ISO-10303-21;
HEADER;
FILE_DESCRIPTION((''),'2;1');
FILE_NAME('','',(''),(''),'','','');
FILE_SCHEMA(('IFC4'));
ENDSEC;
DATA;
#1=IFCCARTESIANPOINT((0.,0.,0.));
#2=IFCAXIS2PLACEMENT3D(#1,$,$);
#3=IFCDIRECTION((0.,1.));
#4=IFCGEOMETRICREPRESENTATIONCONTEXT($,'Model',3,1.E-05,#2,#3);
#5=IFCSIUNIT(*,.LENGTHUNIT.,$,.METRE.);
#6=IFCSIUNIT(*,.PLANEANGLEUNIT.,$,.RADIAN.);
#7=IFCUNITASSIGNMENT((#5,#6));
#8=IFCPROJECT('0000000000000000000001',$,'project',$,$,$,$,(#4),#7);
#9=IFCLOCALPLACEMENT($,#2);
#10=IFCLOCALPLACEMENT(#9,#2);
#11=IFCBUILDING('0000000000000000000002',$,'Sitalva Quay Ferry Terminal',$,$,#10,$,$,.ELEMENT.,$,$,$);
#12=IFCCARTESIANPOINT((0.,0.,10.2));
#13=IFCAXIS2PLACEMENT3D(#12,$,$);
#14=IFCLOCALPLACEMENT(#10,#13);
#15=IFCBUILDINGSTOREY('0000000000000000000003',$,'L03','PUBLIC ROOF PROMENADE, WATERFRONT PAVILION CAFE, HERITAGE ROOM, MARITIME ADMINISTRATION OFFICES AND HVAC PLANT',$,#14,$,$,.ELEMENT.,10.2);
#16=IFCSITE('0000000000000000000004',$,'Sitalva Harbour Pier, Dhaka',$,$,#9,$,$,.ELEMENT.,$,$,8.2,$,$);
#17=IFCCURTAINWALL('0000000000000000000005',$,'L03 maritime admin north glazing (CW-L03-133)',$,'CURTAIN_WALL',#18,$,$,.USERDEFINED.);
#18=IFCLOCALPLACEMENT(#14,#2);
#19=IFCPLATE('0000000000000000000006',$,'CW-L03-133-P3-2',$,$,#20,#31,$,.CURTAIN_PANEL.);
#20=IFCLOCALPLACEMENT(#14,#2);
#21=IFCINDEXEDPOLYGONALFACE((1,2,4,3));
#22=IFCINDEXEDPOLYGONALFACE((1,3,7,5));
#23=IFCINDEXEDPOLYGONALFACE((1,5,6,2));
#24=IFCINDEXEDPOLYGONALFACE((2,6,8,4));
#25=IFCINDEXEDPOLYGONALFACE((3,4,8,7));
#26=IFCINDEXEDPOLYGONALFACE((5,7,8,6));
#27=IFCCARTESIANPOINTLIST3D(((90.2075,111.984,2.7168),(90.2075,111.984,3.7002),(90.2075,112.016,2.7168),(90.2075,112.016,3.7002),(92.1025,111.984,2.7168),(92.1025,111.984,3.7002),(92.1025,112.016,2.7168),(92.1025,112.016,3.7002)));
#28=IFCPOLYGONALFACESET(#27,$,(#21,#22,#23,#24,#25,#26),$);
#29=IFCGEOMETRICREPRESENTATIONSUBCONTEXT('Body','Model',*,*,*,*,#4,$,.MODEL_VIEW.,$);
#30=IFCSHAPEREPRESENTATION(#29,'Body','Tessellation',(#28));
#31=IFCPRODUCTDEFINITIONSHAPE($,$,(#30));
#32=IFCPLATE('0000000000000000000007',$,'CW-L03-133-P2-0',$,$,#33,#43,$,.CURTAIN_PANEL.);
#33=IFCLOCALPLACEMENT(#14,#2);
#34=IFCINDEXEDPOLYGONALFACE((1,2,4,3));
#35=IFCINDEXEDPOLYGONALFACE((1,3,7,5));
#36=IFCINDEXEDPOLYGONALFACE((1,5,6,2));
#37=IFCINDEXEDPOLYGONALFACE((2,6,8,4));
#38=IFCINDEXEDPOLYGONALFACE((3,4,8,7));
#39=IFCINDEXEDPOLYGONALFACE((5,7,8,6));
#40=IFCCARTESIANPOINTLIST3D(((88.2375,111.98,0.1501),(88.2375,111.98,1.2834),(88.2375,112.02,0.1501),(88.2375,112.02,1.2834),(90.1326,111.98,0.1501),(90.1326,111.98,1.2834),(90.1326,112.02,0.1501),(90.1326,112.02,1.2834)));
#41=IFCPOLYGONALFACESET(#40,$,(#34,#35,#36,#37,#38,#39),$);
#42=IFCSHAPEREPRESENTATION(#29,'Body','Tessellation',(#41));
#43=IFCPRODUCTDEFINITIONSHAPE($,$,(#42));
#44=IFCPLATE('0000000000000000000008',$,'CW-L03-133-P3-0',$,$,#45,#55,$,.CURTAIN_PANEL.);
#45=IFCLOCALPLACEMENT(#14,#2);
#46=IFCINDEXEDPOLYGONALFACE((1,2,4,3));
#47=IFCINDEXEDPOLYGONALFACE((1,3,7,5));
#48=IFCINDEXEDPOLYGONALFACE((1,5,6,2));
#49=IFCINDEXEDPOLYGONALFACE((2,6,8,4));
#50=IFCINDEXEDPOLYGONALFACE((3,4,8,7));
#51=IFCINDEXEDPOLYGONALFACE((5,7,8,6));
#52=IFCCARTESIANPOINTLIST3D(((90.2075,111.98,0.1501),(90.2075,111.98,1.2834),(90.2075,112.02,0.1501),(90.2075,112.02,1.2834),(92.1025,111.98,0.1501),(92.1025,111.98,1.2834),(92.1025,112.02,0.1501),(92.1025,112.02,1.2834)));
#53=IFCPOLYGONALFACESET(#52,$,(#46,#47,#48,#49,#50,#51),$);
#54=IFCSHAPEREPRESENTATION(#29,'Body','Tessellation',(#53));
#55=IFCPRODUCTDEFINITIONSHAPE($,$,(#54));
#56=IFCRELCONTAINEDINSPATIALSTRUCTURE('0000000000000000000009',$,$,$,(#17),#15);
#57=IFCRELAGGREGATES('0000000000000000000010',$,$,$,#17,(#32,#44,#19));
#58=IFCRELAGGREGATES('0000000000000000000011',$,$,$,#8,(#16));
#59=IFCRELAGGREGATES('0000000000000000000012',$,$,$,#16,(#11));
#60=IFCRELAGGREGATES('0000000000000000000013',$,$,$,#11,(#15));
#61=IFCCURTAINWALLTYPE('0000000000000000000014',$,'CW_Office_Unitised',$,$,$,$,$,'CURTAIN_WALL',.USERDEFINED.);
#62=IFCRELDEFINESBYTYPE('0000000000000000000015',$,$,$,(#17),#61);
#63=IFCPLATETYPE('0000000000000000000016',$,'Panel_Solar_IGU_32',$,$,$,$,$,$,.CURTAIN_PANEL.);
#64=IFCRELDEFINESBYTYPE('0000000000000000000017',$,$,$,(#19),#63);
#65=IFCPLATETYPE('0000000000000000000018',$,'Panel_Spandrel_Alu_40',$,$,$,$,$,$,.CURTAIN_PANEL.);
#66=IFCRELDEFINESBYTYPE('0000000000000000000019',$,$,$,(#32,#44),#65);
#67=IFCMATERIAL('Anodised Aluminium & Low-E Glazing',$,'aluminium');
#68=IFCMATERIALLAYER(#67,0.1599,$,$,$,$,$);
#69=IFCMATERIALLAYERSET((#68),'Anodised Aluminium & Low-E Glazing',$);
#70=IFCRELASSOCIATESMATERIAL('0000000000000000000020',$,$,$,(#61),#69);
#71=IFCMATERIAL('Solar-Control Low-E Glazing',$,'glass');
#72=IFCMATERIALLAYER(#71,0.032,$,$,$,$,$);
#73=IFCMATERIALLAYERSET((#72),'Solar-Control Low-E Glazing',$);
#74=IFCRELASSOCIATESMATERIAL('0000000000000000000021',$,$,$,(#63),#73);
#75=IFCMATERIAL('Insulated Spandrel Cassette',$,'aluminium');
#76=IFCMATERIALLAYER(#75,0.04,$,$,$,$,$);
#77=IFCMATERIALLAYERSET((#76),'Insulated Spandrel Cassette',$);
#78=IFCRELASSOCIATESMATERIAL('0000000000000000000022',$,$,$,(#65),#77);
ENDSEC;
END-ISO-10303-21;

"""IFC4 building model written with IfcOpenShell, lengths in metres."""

from ifc_helpers import new_model, si_unit, direction, frame, origin, origin_2d, place, context, subcontext, project, spatial, rectangle, extrude, material, layer, layer_set, type_object, element, aggregate, save


model = new_model("IFC4")

# Units and contexts
model_context = context("Model", 3, precision=1e-05, world=origin(), true_north=direction((0.0, 1.0)))
body_context = subcontext(model_context, "Body", "Model", "MODEL_VIEW")
ifc_project = project(units=[si_unit("LENGTHUNIT", "METRE"), si_unit("PLANEANGLEUNIT", "RADIAN")], contexts=[model_context])

# Site, building, storey
site_placement = place(None, origin())
site = spatial("IfcSite", under=ifc_project, at=site_placement, Name="Sitalva Harbour Pier, Dhaka", CompositionType="ELEMENT", RefElevation=8.2)
building_placement = place(site_placement, origin())
building = spatial("IfcBuilding", under=site, at=building_placement, Name="Sitalva Quay Ferry Terminal", CompositionType="ELEMENT")
storey_placement = place(building_placement, frame((0.0, 0.0, 10.2)))
storey = spatial("IfcBuildingStorey", under=building, at=storey_placement, Name="L03", Description="PUBLIC ROOF PROMENADE, WATERFRONT PAVILION CAFE, HERITAGE ROOM, MARITIME ADMINISTRATION OFFICES AND HVAC PLANT", CompositionType="ELEMENT", Elevation=10.2)

# Curtain wall
ifc_material_1 = material(Name="Anodised Aluminium & Low-E Glazing", Category="aluminium")
ifc_layer_1 = layer(ifc_material_1, 0.1599)
ifc_layer_set_1 = layer_set([ifc_layer_1], Name="Anodised Aluminium & Low-E Glazing")
curtain_wall_type = type_object("IfcCurtainWallType", Name="CW_Office_Unitised", ElementType="CURTAIN_WALL", PredefinedType="USERDEFINED", material=ifc_layer_set_1)
curtain_wall_1_placement = place(storey_placement, origin())
curtain_wall_1 = element("IfcCurtainWall", 1, at=curtain_wall_1_placement, inside=storey, type_object=curtain_wall_type, Name="L03 maritime admin north glazing (CW-L03-133)", ObjectType="CURTAIN_WALL", PredefinedType="USERDEFINED")

# Plates
ifc_material_2 = material(Name="Solar-Control Low-E Glazing", Category="glass")
ifc_layer_2 = layer(ifc_material_2, 0.032)
ifc_layer_set_2 = layer_set([ifc_layer_2], Name="Solar-Control Low-E Glazing")
plate_type_1 = type_object("IfcPlateType", Name="Panel_Solar_IGU_32", PredefinedType="CURTAIN_PANEL", material=ifc_layer_set_2)
plate_1_placement = place(storey_placement, frame((91.155, 112.0, 2.7168), z_axis=(0.0, 0.0, 1.0), x_axis=(1.0, 0.0, 0.0)))
plate_1 = element("IfcPlate", 2, at=plate_1_placement, type_object=plate_type_1, Name="CW-L03-133-P3-2", PredefinedType="CURTAIN_PANEL", context=body_context, shape_type="SweptSolid", body=[
    extrude(rectangle(XDim=1.895, YDim=0.032, at=origin_2d()), origin(), (0.0, 0.0, 1.0), 0.9834),
])
ifc_material_3 = material(Name="Insulated Spandrel Cassette", Category="aluminium")
ifc_layer_3 = layer(ifc_material_3, 0.04)
ifc_layer_set_3 = layer_set([ifc_layer_3], Name="Insulated Spandrel Cassette")
plate_type_2 = type_object("IfcPlateType", Name="Panel_Spandrel_Alu_40", PredefinedType="CURTAIN_PANEL", material=ifc_layer_set_3)
plate_2_placement = place(storey_placement, frame((89.1851, 112.0, 0.1501), z_axis=(0.0, 0.0, 1.0), x_axis=(1.0, 0.0, 0.0)))
plate_2 = element("IfcPlate", 3, at=plate_2_placement, type_object=plate_type_2, Name="CW-L03-133-P2-0", PredefinedType="CURTAIN_PANEL", context=body_context, shape_type="SweptSolid", body=[
    extrude(rectangle(XDim=1.895, YDim=0.04, at=origin_2d()), origin(), (0.0, 0.0, 1.0), 1.1333),
])
plate_3_placement = place(storey_placement, frame((91.155, 112.0, 0.1501), z_axis=(0.0, 0.0, 1.0), x_axis=(1.0, 0.0, 0.0)))
plate_3 = element("IfcPlate", 4, at=plate_3_placement, type_object=plate_type_2, Name="CW-L03-133-P3-0", PredefinedType="CURTAIN_PANEL", context=body_context, shape_type="SweptSolid", body=[
    extrude(rectangle(XDim=1.895, YDim=0.04, at=origin_2d()), origin(), (0.0, 0.0, 1.0), 1.1333),
])
aggregate(curtain_wall_1, [plate_2, plate_3, plate_1])

save(model, "model.ifc")
